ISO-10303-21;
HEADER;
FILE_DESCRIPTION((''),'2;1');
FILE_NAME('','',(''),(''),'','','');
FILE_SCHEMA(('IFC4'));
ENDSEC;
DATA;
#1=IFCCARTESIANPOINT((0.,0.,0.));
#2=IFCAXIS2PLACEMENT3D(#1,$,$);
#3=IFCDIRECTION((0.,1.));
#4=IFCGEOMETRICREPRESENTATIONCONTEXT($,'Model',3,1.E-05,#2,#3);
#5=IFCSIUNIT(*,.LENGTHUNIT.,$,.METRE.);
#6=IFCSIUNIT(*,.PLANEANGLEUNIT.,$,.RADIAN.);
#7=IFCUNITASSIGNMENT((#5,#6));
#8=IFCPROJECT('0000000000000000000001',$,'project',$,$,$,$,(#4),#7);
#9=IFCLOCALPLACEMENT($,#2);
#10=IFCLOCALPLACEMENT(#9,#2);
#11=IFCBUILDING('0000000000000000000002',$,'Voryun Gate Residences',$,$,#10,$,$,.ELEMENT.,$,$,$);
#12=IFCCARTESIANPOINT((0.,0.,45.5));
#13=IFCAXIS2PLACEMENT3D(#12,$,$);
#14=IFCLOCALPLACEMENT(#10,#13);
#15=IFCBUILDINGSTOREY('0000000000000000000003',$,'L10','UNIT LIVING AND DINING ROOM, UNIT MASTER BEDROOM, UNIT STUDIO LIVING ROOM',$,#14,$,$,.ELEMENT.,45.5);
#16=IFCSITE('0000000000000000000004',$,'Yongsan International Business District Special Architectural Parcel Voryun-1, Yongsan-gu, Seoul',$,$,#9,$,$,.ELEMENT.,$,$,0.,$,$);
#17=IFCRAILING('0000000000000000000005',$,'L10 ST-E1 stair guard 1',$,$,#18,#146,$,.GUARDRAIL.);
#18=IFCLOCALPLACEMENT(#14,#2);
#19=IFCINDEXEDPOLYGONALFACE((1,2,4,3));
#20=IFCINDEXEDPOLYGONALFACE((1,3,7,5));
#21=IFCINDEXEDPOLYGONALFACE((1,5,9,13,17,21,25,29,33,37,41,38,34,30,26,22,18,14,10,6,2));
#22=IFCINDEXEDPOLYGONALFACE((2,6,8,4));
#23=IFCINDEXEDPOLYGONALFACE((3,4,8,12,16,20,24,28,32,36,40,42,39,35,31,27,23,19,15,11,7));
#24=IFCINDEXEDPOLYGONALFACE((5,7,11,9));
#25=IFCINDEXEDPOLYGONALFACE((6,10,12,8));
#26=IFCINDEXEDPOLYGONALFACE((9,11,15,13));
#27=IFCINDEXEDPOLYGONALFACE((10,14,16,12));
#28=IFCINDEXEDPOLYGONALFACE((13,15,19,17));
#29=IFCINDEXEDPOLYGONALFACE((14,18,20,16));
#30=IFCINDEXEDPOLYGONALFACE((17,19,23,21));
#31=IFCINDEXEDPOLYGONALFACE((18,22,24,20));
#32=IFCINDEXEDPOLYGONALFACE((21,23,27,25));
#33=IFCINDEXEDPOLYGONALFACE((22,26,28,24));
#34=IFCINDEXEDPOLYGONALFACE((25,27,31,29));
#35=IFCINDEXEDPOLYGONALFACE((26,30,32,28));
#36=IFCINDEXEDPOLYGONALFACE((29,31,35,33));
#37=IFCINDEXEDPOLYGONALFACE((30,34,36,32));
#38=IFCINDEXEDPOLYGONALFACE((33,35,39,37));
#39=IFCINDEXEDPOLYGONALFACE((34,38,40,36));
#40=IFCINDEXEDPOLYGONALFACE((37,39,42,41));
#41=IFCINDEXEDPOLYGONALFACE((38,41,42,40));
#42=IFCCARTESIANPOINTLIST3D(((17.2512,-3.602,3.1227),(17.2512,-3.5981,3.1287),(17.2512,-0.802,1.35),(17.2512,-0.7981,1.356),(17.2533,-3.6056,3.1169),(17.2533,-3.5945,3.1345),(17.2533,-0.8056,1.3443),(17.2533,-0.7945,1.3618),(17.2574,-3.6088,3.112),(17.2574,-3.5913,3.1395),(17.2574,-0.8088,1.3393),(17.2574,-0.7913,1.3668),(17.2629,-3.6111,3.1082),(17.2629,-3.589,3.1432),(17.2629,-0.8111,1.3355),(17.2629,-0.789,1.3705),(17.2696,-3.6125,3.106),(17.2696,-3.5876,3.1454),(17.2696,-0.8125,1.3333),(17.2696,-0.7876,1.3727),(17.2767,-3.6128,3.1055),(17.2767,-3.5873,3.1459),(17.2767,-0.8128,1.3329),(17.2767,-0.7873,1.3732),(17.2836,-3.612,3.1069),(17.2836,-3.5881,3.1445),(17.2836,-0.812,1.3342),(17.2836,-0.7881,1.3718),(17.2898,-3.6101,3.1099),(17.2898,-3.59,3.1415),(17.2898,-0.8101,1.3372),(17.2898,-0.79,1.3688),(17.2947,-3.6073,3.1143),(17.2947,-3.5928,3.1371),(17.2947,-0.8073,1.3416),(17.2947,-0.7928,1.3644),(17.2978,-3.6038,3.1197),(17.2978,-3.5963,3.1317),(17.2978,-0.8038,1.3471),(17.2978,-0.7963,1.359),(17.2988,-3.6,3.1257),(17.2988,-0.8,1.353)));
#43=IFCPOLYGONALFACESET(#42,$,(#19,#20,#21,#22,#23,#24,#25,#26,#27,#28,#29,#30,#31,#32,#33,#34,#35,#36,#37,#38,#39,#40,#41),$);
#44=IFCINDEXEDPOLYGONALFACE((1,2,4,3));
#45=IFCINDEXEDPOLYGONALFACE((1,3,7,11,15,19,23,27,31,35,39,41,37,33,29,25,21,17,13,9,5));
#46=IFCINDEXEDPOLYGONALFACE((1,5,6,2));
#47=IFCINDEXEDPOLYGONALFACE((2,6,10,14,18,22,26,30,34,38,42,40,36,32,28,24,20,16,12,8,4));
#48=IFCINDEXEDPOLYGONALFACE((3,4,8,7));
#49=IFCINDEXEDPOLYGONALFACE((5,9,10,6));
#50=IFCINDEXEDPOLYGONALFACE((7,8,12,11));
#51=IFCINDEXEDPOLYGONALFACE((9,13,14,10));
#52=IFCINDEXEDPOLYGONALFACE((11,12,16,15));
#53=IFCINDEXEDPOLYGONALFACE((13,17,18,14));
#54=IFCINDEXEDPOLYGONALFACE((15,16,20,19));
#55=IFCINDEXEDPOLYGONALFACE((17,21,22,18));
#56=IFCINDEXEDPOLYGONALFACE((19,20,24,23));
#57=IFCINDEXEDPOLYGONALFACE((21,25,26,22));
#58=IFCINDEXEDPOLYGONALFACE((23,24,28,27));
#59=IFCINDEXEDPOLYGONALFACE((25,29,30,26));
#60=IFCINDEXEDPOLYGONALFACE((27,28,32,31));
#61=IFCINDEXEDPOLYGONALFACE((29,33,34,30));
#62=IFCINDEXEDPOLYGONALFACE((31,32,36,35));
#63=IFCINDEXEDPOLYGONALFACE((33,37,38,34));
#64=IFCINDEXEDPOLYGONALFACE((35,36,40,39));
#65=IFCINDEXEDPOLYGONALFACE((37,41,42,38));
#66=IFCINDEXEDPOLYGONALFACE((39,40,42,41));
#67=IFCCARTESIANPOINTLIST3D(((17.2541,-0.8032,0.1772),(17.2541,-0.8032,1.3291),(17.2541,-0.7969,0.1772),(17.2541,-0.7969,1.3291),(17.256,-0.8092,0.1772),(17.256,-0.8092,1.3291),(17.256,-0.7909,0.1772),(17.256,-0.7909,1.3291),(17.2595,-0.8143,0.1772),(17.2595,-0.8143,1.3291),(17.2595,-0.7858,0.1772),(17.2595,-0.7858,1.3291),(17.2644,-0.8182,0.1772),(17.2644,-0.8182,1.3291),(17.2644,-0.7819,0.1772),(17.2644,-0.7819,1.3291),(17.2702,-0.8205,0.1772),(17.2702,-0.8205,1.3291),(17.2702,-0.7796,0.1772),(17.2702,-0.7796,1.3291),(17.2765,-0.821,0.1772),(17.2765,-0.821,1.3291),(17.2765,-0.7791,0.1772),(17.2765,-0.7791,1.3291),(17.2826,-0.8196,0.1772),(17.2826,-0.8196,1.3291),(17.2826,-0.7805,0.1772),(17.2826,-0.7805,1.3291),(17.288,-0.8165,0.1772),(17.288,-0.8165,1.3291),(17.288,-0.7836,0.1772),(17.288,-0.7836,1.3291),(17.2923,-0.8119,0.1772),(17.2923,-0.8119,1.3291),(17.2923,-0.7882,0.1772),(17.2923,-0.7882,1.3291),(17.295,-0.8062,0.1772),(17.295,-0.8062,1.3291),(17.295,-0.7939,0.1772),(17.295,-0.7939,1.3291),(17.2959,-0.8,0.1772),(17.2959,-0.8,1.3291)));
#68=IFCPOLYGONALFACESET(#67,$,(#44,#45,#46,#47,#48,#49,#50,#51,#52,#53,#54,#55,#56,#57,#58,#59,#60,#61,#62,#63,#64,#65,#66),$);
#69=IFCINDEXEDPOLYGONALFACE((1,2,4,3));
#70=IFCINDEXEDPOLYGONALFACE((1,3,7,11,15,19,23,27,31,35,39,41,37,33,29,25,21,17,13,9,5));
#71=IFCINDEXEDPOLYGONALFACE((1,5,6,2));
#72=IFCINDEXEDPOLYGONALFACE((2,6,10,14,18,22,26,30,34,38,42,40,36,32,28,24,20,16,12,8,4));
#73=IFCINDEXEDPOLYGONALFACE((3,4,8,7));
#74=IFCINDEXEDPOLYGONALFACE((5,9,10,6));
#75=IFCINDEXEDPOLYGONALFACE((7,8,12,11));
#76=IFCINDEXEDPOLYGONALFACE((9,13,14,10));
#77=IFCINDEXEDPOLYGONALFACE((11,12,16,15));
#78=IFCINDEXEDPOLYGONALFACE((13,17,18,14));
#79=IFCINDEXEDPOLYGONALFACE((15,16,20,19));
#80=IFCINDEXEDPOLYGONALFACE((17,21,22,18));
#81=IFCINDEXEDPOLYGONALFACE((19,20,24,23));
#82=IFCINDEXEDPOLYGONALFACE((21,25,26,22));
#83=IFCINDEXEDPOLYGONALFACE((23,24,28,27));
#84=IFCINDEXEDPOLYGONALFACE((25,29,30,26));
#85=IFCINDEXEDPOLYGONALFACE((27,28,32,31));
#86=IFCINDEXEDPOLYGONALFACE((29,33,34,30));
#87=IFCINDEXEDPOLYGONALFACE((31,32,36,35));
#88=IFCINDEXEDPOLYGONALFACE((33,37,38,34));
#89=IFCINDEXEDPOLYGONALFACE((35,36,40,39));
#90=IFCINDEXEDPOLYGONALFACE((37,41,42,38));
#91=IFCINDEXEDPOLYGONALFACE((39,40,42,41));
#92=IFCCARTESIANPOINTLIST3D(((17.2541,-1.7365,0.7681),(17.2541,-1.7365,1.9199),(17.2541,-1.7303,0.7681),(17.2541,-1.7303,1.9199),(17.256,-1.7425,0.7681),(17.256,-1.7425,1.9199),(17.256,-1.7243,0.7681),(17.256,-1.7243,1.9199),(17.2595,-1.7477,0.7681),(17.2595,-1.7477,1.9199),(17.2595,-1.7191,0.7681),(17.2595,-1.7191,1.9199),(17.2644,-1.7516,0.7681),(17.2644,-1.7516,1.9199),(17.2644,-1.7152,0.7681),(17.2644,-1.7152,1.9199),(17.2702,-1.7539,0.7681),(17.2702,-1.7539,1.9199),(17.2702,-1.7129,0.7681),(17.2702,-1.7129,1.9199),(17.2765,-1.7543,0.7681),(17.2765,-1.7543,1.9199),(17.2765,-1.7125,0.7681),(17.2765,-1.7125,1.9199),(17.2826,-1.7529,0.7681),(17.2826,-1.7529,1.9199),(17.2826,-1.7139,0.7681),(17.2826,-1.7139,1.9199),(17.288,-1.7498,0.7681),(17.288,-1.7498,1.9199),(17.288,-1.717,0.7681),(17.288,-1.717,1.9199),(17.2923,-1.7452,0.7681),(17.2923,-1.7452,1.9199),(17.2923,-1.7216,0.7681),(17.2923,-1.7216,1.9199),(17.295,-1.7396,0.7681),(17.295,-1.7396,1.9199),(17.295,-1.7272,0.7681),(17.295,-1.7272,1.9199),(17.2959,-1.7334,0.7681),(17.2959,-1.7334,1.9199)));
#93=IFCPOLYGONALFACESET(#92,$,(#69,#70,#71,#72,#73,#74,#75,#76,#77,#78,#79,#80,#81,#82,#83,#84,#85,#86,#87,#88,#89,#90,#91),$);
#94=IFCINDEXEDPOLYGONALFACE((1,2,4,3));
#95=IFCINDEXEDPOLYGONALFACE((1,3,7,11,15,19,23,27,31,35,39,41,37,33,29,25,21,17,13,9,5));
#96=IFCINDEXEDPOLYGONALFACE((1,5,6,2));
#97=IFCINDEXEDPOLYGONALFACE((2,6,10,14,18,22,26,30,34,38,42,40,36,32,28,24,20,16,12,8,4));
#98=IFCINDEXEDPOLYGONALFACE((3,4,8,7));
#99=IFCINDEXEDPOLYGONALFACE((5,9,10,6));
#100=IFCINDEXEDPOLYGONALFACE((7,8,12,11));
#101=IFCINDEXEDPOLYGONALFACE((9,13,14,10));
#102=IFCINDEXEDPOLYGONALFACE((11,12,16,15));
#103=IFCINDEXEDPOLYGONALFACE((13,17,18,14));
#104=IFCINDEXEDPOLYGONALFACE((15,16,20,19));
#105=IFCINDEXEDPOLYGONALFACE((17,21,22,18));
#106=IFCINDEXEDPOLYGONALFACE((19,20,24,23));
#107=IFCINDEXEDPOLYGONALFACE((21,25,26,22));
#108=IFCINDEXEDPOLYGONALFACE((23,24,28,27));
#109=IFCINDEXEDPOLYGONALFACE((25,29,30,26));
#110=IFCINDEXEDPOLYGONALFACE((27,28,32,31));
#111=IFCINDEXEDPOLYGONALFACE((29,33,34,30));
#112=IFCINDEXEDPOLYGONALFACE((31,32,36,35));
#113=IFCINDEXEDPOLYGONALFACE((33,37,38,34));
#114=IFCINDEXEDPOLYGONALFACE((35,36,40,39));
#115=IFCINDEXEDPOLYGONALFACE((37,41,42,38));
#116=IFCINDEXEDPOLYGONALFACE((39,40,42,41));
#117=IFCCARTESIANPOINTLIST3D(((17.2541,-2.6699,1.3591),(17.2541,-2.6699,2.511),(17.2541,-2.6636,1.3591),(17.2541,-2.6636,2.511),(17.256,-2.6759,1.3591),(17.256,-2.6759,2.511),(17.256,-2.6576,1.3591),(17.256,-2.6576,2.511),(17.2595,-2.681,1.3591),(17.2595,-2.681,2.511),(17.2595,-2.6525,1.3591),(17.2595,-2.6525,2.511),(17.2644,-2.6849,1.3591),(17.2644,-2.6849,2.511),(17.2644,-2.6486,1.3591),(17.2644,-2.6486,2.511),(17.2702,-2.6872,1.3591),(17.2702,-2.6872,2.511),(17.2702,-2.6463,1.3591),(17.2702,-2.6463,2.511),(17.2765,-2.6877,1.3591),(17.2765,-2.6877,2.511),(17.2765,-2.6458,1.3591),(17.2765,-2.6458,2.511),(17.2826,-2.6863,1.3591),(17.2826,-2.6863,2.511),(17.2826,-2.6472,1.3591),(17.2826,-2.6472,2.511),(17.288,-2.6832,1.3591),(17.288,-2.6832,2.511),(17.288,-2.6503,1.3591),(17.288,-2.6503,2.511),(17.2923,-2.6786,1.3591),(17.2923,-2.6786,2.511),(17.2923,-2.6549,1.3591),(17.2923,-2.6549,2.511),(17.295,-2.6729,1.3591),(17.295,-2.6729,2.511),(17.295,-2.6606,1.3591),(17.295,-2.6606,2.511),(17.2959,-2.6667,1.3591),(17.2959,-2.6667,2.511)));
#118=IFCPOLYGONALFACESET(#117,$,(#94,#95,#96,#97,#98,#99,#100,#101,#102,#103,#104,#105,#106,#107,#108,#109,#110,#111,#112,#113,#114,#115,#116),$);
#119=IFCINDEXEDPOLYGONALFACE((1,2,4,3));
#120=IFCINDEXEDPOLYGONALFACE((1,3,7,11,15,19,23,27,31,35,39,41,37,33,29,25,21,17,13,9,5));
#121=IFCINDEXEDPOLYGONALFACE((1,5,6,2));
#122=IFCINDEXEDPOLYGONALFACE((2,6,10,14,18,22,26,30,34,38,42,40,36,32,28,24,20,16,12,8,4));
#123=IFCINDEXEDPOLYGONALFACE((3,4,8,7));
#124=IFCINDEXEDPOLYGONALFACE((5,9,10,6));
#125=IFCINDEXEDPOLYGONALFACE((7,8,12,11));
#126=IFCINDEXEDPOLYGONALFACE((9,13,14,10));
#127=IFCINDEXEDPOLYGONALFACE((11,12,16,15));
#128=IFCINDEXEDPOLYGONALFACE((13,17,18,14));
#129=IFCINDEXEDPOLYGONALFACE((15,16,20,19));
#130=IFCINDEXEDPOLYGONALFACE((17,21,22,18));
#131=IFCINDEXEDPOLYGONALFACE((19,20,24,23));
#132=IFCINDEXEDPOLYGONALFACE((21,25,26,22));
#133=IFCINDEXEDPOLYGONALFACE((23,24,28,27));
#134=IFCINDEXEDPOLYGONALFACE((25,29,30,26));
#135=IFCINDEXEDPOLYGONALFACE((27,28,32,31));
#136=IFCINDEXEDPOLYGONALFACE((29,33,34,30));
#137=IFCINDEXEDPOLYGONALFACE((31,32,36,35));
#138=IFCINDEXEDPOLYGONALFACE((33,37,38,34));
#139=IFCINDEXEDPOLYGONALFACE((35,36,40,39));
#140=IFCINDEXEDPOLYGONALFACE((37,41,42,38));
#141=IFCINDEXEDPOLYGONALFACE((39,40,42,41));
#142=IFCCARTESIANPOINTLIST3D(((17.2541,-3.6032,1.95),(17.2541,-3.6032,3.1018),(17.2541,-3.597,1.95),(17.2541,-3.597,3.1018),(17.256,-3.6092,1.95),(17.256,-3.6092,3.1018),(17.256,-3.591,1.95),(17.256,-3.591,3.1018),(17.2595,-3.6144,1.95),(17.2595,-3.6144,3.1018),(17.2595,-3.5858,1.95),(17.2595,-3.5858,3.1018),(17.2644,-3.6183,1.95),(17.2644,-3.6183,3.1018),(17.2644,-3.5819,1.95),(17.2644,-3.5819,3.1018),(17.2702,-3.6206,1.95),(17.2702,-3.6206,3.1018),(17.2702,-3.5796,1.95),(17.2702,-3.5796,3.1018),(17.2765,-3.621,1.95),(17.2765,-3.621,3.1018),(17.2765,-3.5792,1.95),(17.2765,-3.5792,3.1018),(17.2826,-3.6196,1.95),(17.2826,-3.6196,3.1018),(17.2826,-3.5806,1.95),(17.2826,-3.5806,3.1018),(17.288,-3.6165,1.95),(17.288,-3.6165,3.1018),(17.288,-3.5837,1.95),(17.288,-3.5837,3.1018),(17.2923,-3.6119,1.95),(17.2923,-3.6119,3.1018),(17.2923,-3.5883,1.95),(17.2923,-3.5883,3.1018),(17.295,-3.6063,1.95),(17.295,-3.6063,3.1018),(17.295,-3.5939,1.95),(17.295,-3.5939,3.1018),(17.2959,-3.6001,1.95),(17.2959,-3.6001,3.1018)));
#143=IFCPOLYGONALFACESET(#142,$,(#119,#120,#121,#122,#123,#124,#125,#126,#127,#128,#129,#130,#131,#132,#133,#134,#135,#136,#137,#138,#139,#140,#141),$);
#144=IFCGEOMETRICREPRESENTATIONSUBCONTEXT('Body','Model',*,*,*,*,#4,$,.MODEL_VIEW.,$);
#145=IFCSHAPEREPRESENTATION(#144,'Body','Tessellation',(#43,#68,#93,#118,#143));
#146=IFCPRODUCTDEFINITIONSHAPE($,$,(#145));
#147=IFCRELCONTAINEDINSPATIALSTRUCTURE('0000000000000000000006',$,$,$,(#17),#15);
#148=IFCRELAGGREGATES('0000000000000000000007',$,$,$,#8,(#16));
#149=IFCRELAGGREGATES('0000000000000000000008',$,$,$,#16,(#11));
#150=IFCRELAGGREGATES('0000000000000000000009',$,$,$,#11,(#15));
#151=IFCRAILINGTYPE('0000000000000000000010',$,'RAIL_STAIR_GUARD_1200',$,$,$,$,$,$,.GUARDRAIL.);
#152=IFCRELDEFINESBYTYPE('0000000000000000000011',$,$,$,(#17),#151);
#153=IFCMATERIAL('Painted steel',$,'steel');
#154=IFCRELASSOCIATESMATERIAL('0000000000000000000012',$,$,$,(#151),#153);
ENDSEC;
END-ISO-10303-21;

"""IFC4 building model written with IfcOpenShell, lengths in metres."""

from ifc_helpers import new_model, si_unit, direction, frame, origin, origin_2d, place, context, subcontext, project, spatial, circle, extrude, material, type_object, element, save


model = new_model("IFC4")

# Units and contexts
model_context = context("Model", 3, precision=1e-05, world=origin(), true_north=direction((0.0, 1.0)))
body_context = subcontext(model_context, "Body", "Model", "MODEL_VIEW")
ifc_project = project(units=[si_unit("LENGTHUNIT", "METRE"), si_unit("PLANEANGLEUNIT", "RADIAN")], contexts=[model_context])

# Site, building, storey
site_placement = place(None, origin())
site = spatial("IfcSite", under=ifc_project, at=site_placement, Name="Yongsan International Business District Special Architectural Parcel Voryun-1, Yongsan-gu, Seoul", CompositionType="ELEMENT", RefElevation=0.0)
building_placement = place(site_placement, origin())
building = spatial("IfcBuilding", under=site, at=building_placement, Name="Voryun Gate Residences", CompositionType="ELEMENT")
storey_placement = place(building_placement, frame((0.0, 0.0, 45.5)))
storey = spatial("IfcBuildingStorey", under=building, at=storey_placement, Name="L10", Description="UNIT LIVING AND DINING ROOM, UNIT MASTER BEDROOM, UNIT STUDIO LIVING ROOM", CompositionType="ELEMENT", Elevation=45.5)

# Railing
ifc_material_1 = material(Name="Painted steel", Category="steel")
railing_type = type_object("IfcRailingType", Name="RAIL_STAIR_GUARD_1200", PredefinedType="GUARDRAIL", material=ifc_material_1)
railing_1_placement = place(storey_placement, frame((17.2749, -0.8, 0.1772)))
element("IfcRailing", 1, at=railing_1_placement, inside=storey, type_object=railing_type, Name="L10 ST-E1 stair guard 1", PredefinedType="GUARDRAIL", context=body_context, shape_type="SweptSolid", body=[
    extrude(circle(Radius=0.0239, at=origin_2d()), frame((0.0, 0.0, 1.1758), z_axis=(0.0, -0.844909, 0.53491), x_axis=(1.0, 0.0, 0.0)), (0.0, 0.0, 1.0), 3.314),
    extrude(circle(Radius=0.021, at=origin_2d()), origin(), (0.0, 0.0, 1.0), 1.1519),
    extrude(circle(Radius=0.021, at=origin_2d()), frame((0.0, -0.9333, 0.5908)), (0.0, 0.0, 1.0), 1.1519),
    extrude(circle(Radius=0.021, at=origin_2d()), frame((0.0, -1.8667, 1.1819)), (0.0, 0.0, 1.0), 1.1519),
    extrude(circle(Radius=0.021, at=origin_2d()), frame((0.0, -2.8, 1.7727)), (0.0, 0.0, 1.0), 1.1519),
])

save(model, "model.ifc")
